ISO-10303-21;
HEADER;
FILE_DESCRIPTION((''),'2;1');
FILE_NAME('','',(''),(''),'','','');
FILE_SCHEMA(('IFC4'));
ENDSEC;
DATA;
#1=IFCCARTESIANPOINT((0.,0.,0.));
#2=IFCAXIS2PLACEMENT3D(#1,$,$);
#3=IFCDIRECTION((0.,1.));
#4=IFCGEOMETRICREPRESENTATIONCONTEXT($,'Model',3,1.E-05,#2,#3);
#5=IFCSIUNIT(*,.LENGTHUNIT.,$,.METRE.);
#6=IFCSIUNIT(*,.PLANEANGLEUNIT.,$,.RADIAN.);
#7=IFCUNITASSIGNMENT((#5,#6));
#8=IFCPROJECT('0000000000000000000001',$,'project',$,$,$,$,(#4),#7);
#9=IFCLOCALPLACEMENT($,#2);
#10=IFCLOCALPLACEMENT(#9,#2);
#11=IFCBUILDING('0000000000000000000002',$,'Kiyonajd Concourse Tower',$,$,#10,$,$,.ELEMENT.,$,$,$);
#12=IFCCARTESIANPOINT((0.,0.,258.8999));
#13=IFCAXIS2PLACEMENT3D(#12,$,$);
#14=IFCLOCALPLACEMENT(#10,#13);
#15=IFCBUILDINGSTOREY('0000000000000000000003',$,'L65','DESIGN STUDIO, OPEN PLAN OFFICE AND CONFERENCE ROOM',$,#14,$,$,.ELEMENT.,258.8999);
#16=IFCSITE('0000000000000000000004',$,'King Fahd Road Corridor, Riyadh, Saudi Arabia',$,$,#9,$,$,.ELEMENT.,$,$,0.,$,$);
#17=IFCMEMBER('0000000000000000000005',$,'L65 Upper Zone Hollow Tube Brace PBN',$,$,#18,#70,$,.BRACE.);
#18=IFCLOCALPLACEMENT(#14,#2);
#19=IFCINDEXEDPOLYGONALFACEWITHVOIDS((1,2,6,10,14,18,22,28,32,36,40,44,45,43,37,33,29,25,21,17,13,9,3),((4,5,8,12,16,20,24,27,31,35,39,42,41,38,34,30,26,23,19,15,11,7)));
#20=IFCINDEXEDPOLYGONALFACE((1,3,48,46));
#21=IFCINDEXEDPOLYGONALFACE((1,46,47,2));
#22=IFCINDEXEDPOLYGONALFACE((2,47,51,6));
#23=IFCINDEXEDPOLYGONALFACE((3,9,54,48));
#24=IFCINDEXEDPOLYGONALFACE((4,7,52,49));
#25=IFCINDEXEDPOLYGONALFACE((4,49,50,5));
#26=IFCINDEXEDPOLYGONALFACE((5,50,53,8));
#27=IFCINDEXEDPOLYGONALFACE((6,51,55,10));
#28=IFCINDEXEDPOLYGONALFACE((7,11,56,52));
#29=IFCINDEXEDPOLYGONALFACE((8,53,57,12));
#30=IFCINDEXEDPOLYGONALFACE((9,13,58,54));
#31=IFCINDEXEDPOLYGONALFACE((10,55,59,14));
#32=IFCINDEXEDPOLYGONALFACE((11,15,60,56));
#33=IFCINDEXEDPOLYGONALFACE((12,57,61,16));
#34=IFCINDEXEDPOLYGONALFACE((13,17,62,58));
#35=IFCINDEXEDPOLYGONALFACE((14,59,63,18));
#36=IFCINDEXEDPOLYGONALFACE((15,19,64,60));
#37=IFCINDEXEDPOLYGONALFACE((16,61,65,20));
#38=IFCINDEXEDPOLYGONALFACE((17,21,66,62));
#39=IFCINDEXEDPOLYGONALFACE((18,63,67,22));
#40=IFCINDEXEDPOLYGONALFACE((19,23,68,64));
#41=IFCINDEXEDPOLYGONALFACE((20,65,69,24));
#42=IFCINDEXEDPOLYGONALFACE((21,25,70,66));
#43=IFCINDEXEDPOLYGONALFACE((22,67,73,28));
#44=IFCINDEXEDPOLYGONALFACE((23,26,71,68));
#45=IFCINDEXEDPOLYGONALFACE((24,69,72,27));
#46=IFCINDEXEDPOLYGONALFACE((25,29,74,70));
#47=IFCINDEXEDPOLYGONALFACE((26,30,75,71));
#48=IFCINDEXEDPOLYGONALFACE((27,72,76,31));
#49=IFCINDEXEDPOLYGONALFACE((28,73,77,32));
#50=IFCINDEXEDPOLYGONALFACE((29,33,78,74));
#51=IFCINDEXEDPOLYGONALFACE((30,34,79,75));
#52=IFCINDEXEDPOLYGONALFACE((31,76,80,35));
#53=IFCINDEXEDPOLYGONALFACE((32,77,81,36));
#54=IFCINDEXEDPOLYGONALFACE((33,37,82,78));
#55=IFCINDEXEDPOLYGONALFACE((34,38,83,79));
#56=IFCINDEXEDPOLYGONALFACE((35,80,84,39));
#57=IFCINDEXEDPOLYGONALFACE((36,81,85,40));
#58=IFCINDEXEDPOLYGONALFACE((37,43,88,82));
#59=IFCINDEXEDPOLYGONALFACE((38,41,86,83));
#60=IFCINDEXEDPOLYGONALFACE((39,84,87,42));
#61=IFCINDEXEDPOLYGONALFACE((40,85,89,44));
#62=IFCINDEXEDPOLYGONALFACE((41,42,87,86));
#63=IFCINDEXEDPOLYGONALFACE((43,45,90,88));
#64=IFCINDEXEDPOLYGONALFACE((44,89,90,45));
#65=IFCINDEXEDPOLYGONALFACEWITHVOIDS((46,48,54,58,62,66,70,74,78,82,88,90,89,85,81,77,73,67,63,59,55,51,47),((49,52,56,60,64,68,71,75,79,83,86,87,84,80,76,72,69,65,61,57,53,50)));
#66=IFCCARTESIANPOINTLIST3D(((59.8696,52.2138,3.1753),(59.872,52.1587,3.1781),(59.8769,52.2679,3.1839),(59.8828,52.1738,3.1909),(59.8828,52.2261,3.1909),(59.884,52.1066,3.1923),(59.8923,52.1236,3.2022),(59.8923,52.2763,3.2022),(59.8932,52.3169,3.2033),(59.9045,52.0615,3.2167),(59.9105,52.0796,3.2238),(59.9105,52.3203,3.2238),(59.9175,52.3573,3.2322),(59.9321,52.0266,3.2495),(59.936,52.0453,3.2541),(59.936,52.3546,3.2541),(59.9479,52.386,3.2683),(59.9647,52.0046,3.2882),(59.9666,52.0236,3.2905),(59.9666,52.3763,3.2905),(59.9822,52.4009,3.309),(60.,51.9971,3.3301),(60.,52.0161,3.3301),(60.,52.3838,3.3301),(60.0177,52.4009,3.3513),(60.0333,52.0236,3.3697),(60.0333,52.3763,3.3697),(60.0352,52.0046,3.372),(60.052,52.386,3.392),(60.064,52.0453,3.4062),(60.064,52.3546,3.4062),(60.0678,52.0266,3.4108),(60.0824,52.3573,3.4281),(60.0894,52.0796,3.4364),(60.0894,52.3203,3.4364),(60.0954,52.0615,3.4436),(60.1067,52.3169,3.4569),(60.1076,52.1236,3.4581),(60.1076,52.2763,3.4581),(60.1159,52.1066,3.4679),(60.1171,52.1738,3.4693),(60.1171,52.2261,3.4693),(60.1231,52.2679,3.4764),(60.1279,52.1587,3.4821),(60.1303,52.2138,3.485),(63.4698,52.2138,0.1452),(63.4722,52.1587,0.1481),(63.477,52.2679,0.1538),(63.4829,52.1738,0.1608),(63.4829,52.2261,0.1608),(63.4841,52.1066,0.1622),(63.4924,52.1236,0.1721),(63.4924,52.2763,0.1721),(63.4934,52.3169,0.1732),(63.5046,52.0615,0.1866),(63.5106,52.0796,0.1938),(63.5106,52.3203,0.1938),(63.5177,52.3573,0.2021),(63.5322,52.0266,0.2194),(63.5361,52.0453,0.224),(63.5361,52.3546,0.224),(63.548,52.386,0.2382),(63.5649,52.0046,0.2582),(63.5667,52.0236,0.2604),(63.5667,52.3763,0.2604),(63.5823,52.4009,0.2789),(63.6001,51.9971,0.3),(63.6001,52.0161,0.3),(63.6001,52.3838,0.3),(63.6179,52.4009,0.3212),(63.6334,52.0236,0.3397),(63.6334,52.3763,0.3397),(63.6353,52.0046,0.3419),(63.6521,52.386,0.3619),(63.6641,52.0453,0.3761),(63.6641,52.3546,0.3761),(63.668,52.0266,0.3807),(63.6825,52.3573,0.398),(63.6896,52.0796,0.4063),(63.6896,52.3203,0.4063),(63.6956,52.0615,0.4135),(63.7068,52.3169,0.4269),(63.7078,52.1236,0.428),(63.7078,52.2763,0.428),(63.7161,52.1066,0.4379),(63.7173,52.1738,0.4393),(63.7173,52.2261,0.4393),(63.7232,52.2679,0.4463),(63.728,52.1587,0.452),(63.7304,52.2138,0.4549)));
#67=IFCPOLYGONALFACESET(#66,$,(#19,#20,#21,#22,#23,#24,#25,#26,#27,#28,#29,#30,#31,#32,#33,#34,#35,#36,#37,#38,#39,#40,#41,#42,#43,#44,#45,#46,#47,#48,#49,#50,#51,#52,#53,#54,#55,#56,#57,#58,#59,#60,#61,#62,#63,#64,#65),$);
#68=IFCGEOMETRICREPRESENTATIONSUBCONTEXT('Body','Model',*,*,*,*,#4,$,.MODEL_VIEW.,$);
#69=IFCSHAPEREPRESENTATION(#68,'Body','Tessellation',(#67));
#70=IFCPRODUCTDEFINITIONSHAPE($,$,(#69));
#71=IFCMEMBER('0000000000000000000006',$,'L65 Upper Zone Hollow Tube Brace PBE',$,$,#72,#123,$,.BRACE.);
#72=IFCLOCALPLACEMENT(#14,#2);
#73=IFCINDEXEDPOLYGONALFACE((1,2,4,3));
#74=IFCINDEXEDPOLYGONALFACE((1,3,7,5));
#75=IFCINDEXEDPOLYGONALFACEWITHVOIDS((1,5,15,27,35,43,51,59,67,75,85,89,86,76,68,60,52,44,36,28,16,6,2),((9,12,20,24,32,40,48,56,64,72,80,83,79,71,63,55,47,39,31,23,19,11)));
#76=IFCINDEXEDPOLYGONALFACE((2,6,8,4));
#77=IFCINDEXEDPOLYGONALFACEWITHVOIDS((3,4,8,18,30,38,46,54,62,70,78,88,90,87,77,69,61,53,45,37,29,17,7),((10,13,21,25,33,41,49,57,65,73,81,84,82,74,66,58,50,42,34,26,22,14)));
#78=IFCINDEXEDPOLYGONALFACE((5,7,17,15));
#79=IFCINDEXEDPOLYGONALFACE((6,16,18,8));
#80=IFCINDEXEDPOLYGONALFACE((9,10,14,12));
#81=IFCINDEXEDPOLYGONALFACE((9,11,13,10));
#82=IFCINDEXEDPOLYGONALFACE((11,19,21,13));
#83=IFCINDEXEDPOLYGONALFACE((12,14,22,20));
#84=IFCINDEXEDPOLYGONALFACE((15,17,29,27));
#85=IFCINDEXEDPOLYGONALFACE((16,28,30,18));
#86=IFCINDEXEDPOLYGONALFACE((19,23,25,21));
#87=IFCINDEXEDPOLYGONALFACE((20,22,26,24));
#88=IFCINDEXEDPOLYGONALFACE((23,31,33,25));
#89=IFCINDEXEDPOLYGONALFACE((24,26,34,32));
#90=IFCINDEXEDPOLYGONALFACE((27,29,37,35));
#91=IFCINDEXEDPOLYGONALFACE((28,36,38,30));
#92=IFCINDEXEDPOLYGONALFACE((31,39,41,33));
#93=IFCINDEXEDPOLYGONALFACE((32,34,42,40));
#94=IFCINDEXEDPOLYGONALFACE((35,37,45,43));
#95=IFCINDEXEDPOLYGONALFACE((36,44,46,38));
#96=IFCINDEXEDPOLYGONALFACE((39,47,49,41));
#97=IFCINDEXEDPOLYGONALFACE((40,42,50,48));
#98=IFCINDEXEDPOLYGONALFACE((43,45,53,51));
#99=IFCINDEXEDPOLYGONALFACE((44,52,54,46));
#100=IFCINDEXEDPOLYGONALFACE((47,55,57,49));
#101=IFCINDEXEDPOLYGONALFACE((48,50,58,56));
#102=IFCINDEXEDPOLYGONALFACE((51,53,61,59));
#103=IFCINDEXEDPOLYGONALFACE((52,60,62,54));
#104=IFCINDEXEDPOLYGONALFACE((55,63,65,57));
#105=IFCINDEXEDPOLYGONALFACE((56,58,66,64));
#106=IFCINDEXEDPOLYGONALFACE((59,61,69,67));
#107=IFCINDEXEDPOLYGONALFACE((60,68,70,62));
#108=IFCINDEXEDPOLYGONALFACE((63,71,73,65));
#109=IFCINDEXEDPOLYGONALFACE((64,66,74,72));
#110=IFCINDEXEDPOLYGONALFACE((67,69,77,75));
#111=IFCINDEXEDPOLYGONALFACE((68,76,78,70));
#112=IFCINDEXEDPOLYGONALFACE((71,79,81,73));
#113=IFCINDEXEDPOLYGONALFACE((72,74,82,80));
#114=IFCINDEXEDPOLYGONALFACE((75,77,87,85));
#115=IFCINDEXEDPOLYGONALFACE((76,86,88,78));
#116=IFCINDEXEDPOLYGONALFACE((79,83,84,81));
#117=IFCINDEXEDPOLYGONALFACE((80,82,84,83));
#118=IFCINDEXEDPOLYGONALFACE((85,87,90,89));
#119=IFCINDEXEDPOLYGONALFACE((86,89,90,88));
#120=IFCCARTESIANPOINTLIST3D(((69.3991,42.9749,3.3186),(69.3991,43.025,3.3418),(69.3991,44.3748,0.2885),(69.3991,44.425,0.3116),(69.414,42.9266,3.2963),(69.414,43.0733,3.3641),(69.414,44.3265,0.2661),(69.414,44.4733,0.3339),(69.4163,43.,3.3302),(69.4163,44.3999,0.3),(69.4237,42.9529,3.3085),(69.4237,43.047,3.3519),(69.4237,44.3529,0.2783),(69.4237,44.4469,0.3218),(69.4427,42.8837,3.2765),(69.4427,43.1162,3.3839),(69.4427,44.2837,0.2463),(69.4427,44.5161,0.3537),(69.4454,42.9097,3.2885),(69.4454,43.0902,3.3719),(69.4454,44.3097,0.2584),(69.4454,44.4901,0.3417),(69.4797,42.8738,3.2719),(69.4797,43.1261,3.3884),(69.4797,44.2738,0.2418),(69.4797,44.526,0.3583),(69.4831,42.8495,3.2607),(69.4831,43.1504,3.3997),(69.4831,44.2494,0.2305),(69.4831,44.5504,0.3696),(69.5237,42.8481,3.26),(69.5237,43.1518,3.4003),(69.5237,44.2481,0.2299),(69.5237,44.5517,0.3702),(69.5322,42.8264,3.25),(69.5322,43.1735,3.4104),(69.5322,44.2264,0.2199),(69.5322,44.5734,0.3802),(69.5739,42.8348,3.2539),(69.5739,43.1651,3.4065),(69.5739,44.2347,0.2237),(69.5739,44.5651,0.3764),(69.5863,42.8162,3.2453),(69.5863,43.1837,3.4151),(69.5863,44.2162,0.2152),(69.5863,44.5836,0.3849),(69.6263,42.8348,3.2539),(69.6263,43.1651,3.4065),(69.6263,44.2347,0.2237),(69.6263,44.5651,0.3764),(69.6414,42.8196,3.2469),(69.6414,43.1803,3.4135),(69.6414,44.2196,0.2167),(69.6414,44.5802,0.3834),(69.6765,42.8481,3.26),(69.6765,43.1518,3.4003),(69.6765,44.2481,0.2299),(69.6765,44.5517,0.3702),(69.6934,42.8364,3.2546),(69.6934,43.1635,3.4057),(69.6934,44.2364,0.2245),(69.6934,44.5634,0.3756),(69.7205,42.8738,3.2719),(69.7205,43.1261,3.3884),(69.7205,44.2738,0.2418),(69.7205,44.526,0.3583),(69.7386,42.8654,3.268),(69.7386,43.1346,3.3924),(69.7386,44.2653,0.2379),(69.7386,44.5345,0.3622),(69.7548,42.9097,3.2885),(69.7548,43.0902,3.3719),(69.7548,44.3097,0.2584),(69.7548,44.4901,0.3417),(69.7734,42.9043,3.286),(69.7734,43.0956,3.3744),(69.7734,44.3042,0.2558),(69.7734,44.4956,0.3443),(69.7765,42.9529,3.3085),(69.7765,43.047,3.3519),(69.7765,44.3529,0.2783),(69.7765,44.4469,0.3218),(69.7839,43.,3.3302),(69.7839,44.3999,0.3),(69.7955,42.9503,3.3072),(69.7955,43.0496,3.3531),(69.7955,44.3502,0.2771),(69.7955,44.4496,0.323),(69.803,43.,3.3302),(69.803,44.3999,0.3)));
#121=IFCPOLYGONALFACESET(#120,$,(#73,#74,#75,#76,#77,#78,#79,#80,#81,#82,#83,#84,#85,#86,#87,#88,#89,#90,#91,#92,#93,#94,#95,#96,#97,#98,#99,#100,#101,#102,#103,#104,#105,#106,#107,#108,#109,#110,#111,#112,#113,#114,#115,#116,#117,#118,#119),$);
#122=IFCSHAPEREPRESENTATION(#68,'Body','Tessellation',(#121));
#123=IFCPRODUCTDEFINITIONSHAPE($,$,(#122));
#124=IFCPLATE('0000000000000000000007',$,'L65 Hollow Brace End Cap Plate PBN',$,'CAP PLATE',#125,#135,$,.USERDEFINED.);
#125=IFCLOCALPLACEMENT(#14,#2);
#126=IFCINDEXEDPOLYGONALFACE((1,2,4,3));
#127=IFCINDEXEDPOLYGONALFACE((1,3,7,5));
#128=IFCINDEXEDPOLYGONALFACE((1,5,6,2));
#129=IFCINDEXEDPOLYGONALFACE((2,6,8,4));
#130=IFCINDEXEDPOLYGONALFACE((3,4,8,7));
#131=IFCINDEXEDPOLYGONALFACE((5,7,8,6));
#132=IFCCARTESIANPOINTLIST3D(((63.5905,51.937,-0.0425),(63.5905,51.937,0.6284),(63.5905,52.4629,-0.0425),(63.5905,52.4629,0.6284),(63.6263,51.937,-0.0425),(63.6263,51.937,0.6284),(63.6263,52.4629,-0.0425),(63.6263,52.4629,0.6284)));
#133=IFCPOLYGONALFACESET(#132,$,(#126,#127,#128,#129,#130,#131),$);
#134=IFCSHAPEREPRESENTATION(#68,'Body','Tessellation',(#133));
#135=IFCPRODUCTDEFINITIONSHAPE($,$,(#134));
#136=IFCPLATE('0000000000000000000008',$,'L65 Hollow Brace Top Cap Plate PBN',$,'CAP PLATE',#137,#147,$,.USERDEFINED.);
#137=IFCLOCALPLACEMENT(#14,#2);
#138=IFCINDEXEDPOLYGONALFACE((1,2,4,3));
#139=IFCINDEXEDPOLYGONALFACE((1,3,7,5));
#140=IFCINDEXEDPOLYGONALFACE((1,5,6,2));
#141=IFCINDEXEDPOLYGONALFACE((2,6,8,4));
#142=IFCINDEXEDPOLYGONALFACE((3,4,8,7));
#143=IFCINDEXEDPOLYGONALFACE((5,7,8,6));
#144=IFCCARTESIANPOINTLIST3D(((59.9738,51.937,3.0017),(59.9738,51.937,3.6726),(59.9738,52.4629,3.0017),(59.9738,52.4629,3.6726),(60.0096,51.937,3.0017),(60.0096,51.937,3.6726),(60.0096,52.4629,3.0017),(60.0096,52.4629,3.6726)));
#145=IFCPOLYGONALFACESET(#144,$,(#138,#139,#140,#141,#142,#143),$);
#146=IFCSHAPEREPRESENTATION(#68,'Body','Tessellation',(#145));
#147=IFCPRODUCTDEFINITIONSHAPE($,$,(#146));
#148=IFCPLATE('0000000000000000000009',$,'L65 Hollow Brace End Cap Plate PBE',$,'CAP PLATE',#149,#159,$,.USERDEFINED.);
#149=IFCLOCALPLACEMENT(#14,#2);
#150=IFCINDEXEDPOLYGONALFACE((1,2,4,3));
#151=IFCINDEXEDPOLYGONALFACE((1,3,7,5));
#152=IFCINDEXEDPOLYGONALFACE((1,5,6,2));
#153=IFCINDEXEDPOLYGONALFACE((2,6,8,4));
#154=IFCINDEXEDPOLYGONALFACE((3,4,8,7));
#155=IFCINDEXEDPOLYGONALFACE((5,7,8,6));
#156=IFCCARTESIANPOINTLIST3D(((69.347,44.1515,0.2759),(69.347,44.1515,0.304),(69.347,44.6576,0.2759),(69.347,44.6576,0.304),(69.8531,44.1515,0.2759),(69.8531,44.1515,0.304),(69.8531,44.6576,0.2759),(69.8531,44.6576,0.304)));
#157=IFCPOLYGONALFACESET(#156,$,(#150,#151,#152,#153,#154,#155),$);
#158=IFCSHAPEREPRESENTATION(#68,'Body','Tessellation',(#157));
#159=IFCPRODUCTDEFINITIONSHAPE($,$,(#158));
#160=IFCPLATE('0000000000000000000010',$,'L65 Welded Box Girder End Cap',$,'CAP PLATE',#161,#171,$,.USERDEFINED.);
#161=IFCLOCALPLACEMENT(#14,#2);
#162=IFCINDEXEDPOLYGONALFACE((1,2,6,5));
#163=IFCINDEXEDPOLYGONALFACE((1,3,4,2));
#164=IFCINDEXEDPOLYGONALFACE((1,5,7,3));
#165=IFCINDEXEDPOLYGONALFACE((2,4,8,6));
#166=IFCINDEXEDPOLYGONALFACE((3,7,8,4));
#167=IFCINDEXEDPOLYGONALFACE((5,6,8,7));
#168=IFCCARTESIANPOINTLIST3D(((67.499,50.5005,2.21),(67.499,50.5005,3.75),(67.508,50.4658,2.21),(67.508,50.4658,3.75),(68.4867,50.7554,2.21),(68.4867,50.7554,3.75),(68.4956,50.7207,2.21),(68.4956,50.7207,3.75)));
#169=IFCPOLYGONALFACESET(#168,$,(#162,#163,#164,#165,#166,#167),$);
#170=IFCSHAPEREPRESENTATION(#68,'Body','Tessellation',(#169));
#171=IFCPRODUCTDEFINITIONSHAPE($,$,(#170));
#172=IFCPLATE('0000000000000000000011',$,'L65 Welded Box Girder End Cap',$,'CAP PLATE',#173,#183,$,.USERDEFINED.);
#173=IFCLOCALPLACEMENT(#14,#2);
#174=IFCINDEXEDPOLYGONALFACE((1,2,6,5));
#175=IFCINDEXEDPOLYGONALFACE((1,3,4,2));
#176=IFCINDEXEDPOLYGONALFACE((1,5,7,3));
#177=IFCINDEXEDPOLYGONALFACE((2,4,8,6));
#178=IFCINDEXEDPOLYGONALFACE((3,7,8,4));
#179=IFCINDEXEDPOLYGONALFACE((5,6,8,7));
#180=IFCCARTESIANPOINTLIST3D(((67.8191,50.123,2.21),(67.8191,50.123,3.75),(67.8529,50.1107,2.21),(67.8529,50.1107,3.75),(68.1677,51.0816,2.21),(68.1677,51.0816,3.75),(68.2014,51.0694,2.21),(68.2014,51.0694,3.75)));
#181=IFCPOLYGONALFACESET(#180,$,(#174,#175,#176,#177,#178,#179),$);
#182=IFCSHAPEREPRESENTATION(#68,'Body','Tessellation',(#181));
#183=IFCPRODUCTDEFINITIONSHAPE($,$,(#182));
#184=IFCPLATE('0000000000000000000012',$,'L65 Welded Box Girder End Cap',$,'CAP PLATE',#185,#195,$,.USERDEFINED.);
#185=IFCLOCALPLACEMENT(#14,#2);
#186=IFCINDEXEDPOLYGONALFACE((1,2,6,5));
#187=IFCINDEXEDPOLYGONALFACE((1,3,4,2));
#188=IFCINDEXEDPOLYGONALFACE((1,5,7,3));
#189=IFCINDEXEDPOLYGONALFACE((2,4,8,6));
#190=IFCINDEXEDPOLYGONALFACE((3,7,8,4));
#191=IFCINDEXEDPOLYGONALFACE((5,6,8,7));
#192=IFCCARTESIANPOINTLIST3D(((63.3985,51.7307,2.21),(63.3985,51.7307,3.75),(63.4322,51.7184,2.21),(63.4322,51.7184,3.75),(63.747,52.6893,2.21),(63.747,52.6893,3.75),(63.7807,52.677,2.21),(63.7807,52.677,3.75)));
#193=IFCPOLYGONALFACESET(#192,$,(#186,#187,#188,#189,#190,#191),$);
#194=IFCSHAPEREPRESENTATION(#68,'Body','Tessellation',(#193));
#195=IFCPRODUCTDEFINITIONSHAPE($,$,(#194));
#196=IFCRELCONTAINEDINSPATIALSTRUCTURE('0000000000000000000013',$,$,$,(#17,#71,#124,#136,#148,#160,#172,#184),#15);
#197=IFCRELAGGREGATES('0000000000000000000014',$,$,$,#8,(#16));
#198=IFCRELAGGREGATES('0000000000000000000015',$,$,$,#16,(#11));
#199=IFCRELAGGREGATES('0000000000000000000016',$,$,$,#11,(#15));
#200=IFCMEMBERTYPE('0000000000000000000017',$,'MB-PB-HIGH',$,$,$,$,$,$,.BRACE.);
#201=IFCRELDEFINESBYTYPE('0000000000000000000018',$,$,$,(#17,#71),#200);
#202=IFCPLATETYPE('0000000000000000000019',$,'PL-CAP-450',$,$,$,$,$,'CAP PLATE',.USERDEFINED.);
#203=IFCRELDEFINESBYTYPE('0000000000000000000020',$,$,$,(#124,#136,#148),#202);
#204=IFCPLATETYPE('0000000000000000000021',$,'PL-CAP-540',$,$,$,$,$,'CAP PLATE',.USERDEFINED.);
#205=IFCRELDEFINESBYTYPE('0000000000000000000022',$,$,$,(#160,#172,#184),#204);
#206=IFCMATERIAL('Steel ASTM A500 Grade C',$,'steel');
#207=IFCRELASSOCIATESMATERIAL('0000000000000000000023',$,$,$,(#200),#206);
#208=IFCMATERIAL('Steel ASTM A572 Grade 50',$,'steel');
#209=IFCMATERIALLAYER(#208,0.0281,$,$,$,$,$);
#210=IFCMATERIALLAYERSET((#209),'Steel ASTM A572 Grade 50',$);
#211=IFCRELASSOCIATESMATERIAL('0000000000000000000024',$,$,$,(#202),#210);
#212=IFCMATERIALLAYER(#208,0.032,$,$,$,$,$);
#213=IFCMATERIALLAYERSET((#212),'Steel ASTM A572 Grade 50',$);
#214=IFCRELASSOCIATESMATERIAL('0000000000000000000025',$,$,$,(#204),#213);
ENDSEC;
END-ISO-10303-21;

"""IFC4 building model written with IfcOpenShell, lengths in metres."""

from ifc_helpers import new_model, si_unit, direction, frame, origin, origin_2d, place, context, subcontext, project, spatial, rectangle, hollow_circle, extrude, material, layer, layer_set, material_profile, profile_set, type_object, element, save


model = new_model("IFC4")

# Units and contexts
model_context = context("Model", 3, precision=1e-05, world=origin(), true_north=direction((0.0, 1.0)))
body_context = subcontext(model_context, "Body", "Model", "MODEL_VIEW")
ifc_project = project(units=[si_unit("LENGTHUNIT", "METRE"), si_unit("PLANEANGLEUNIT", "RADIAN")], contexts=[model_context])

# Site, building, storey
site_placement = place(None, origin())
site = spatial("IfcSite", under=ifc_project, at=site_placement, Name="King Fahd Road Corridor, Riyadh, Saudi Arabia", CompositionType="ELEMENT", RefElevation=0.0)
building_placement = place(site_placement, origin())
building = spatial("IfcBuilding", under=site, at=building_placement, Name="Kiyonajd Concourse Tower", CompositionType="ELEMENT")
storey_placement = place(building_placement, frame((0.0, 0.0, 258.8999)))
storey = spatial("IfcBuildingStorey", under=building, at=storey_placement, Name="L65", Description="DESIGN STUDIO, OPEN PLAN OFFICE AND CONFERENCE ROOM", CompositionType="ELEMENT", Elevation=258.8999)

# Shared definitions
ifc_material_1 = material(Name="Steel ASTM A572 Grade 50", Category="steel")

# Members
ifc_material_2 = material(Name="Steel ASTM A500 Grade C", Category="steel")
ifc_material_profile_1 = material_profile(ifc_material_2, hollow_circle(Radius=0.2029, WallThickness=0.019, at=origin_2d()), Name="CHS-406x19")
ifc_profile_set_1 = profile_set([ifc_material_profile_1], Name="Steel ASTM A500 Grade C")
member_type = type_object("IfcMemberType", Name="MB-PB-HIGH", PredefinedType="BRACE", material=ifc_profile_set_1)
member_1_placement = place(storey_placement, frame((63.6001, 52.2, 0.3), z_axis=(-0.765082, 0.0, 0.643933), x_axis=(0.0, -1.0, 0.0)))
element("IfcMember", 1, at=member_1_placement, inside=storey, type_object=member_type, Name="L65 Upper Zone Hollow Tube Brace PBN", PredefinedType="BRACE", context=body_context, shape_type="SweptSolid", body=[
    extrude(hollow_circle(Radius=0.2029, WallThickness=0.019, at=origin_2d()), origin(), (0.0, 0.0, 1.0), 4.7056),
])
member_2_placement = place(storey_placement, frame((69.6001, 44.3999, 0.3), z_axis=(0.0, -0.419411, 0.907797), x_axis=(1.0, 0.0, 0.0)))
element("IfcMember", 2, at=member_2_placement, inside=storey, type_object=member_type, Name="L65 Upper Zone Hollow Tube Brace PBE", PredefinedType="BRACE", context=body_context, shape_type="SweptSolid", body=[
    extrude(hollow_circle(Radius=0.2029, WallThickness=0.019, at=origin_2d()), origin(), (0.0, 0.0, 1.0), 3.3379),
])

# Plates
ifc_layer_1 = layer(ifc_material_1, 0.0281)
ifc_layer_set_1 = layer_set([ifc_layer_1], Name="Steel ASTM A572 Grade 50")
plate_type_1 = type_object("IfcPlateType", Name="PL-CAP-450", ElementType="CAP PLATE", PredefinedType="USERDEFINED", material=ifc_layer_set_1)
for number, where, z_axis, x_axis, name in (
    (3, (63.6084, 52.2, -0.0425), (0.0, 0.0, 1.0), (1.0, 0.0, 0.0), "L65 Hollow Brace End Cap Plate PBN"),
    (4, (59.9917, 52.2, 3.0017), (0.0, 0.0, 1.0), (-1.0, 0.0, 0.0), "L65 Hollow Brace Top Cap Plate PBN"),
):
    element("IfcPlate", number, at=place(storey_placement, frame(where, z_axis=z_axis, x_axis=x_axis)), inside=storey, type_object=plate_type_1, Name=name, ObjectType="CAP PLATE", PredefinedType="USERDEFINED", context=body_context, shape_type="SweptSolid", body=[
        extrude(rectangle(XDim=0.0359, YDim=0.5259, at=origin_2d()), origin(), (0.0, 0.0, 1.0), 0.6709),
    ])
plate_placement = place(storey_placement, frame((69.6001, 44.4045, 0.2759), z_axis=(0.0, 0.0, 1.0), x_axis=(1.0, 0.0, 0.0)))
element("IfcPlate", 5, at=plate_placement, inside=storey, type_object=plate_type_1, Name="L65 Hollow Brace End Cap Plate PBE", ObjectType="CAP PLATE", PredefinedType="USERDEFINED", context=body_context, shape_type="SweptSolid", body=[
    extrude(rectangle(XDim=0.5061, YDim=0.5061, at=origin_2d()), origin(), (0.0, 0.0, 1.0), 0.0281),
])
ifc_layer_2 = layer(ifc_material_1, 0.032)
ifc_layer_set_2 = layer_set([ifc_layer_2], Name="Steel ASTM A572 Grade 50")
plate_type_2 = type_object("IfcPlateType", Name="PL-CAP-540", ElementType="CAP PLATE", PredefinedType="USERDEFINED", material=ifc_layer_set_2)
for number, where, z_axis, x_axis, name in (
    (6, (67.9973, 50.6106, 2.21), (0.0, 0.0, 1.0), (-0.249873, 0.968279, 0.0), "L65 Welded Box Girder End Cap"),
    (7, (68.0103, 50.5962, 2.21), (0.0, 0.0, 1.0), (0.939812, -0.341692, 0.0), "L65 Welded Box Girder End Cap"),
    (8, (63.5896, 52.2039, 2.21), (0.0, 0.0, 1.0), (-0.939812, 0.341692, 0.0), "L65 Welded Box Girder End Cap"),
):
    element("IfcPlate", number, at=place(storey_placement, frame(where, z_axis=z_axis, x_axis=x_axis)), inside=storey, type_object=plate_type_2, Name=name, ObjectType="CAP PLATE", PredefinedType="USERDEFINED", context=body_context, shape_type="SweptSolid", body=[
        extrude(rectangle(XDim=0.0359, YDim=1.02, at=origin_2d()), origin(), (0.0, 0.0, 1.0), 1.54),
    ])

save(model, "model.ifc")
